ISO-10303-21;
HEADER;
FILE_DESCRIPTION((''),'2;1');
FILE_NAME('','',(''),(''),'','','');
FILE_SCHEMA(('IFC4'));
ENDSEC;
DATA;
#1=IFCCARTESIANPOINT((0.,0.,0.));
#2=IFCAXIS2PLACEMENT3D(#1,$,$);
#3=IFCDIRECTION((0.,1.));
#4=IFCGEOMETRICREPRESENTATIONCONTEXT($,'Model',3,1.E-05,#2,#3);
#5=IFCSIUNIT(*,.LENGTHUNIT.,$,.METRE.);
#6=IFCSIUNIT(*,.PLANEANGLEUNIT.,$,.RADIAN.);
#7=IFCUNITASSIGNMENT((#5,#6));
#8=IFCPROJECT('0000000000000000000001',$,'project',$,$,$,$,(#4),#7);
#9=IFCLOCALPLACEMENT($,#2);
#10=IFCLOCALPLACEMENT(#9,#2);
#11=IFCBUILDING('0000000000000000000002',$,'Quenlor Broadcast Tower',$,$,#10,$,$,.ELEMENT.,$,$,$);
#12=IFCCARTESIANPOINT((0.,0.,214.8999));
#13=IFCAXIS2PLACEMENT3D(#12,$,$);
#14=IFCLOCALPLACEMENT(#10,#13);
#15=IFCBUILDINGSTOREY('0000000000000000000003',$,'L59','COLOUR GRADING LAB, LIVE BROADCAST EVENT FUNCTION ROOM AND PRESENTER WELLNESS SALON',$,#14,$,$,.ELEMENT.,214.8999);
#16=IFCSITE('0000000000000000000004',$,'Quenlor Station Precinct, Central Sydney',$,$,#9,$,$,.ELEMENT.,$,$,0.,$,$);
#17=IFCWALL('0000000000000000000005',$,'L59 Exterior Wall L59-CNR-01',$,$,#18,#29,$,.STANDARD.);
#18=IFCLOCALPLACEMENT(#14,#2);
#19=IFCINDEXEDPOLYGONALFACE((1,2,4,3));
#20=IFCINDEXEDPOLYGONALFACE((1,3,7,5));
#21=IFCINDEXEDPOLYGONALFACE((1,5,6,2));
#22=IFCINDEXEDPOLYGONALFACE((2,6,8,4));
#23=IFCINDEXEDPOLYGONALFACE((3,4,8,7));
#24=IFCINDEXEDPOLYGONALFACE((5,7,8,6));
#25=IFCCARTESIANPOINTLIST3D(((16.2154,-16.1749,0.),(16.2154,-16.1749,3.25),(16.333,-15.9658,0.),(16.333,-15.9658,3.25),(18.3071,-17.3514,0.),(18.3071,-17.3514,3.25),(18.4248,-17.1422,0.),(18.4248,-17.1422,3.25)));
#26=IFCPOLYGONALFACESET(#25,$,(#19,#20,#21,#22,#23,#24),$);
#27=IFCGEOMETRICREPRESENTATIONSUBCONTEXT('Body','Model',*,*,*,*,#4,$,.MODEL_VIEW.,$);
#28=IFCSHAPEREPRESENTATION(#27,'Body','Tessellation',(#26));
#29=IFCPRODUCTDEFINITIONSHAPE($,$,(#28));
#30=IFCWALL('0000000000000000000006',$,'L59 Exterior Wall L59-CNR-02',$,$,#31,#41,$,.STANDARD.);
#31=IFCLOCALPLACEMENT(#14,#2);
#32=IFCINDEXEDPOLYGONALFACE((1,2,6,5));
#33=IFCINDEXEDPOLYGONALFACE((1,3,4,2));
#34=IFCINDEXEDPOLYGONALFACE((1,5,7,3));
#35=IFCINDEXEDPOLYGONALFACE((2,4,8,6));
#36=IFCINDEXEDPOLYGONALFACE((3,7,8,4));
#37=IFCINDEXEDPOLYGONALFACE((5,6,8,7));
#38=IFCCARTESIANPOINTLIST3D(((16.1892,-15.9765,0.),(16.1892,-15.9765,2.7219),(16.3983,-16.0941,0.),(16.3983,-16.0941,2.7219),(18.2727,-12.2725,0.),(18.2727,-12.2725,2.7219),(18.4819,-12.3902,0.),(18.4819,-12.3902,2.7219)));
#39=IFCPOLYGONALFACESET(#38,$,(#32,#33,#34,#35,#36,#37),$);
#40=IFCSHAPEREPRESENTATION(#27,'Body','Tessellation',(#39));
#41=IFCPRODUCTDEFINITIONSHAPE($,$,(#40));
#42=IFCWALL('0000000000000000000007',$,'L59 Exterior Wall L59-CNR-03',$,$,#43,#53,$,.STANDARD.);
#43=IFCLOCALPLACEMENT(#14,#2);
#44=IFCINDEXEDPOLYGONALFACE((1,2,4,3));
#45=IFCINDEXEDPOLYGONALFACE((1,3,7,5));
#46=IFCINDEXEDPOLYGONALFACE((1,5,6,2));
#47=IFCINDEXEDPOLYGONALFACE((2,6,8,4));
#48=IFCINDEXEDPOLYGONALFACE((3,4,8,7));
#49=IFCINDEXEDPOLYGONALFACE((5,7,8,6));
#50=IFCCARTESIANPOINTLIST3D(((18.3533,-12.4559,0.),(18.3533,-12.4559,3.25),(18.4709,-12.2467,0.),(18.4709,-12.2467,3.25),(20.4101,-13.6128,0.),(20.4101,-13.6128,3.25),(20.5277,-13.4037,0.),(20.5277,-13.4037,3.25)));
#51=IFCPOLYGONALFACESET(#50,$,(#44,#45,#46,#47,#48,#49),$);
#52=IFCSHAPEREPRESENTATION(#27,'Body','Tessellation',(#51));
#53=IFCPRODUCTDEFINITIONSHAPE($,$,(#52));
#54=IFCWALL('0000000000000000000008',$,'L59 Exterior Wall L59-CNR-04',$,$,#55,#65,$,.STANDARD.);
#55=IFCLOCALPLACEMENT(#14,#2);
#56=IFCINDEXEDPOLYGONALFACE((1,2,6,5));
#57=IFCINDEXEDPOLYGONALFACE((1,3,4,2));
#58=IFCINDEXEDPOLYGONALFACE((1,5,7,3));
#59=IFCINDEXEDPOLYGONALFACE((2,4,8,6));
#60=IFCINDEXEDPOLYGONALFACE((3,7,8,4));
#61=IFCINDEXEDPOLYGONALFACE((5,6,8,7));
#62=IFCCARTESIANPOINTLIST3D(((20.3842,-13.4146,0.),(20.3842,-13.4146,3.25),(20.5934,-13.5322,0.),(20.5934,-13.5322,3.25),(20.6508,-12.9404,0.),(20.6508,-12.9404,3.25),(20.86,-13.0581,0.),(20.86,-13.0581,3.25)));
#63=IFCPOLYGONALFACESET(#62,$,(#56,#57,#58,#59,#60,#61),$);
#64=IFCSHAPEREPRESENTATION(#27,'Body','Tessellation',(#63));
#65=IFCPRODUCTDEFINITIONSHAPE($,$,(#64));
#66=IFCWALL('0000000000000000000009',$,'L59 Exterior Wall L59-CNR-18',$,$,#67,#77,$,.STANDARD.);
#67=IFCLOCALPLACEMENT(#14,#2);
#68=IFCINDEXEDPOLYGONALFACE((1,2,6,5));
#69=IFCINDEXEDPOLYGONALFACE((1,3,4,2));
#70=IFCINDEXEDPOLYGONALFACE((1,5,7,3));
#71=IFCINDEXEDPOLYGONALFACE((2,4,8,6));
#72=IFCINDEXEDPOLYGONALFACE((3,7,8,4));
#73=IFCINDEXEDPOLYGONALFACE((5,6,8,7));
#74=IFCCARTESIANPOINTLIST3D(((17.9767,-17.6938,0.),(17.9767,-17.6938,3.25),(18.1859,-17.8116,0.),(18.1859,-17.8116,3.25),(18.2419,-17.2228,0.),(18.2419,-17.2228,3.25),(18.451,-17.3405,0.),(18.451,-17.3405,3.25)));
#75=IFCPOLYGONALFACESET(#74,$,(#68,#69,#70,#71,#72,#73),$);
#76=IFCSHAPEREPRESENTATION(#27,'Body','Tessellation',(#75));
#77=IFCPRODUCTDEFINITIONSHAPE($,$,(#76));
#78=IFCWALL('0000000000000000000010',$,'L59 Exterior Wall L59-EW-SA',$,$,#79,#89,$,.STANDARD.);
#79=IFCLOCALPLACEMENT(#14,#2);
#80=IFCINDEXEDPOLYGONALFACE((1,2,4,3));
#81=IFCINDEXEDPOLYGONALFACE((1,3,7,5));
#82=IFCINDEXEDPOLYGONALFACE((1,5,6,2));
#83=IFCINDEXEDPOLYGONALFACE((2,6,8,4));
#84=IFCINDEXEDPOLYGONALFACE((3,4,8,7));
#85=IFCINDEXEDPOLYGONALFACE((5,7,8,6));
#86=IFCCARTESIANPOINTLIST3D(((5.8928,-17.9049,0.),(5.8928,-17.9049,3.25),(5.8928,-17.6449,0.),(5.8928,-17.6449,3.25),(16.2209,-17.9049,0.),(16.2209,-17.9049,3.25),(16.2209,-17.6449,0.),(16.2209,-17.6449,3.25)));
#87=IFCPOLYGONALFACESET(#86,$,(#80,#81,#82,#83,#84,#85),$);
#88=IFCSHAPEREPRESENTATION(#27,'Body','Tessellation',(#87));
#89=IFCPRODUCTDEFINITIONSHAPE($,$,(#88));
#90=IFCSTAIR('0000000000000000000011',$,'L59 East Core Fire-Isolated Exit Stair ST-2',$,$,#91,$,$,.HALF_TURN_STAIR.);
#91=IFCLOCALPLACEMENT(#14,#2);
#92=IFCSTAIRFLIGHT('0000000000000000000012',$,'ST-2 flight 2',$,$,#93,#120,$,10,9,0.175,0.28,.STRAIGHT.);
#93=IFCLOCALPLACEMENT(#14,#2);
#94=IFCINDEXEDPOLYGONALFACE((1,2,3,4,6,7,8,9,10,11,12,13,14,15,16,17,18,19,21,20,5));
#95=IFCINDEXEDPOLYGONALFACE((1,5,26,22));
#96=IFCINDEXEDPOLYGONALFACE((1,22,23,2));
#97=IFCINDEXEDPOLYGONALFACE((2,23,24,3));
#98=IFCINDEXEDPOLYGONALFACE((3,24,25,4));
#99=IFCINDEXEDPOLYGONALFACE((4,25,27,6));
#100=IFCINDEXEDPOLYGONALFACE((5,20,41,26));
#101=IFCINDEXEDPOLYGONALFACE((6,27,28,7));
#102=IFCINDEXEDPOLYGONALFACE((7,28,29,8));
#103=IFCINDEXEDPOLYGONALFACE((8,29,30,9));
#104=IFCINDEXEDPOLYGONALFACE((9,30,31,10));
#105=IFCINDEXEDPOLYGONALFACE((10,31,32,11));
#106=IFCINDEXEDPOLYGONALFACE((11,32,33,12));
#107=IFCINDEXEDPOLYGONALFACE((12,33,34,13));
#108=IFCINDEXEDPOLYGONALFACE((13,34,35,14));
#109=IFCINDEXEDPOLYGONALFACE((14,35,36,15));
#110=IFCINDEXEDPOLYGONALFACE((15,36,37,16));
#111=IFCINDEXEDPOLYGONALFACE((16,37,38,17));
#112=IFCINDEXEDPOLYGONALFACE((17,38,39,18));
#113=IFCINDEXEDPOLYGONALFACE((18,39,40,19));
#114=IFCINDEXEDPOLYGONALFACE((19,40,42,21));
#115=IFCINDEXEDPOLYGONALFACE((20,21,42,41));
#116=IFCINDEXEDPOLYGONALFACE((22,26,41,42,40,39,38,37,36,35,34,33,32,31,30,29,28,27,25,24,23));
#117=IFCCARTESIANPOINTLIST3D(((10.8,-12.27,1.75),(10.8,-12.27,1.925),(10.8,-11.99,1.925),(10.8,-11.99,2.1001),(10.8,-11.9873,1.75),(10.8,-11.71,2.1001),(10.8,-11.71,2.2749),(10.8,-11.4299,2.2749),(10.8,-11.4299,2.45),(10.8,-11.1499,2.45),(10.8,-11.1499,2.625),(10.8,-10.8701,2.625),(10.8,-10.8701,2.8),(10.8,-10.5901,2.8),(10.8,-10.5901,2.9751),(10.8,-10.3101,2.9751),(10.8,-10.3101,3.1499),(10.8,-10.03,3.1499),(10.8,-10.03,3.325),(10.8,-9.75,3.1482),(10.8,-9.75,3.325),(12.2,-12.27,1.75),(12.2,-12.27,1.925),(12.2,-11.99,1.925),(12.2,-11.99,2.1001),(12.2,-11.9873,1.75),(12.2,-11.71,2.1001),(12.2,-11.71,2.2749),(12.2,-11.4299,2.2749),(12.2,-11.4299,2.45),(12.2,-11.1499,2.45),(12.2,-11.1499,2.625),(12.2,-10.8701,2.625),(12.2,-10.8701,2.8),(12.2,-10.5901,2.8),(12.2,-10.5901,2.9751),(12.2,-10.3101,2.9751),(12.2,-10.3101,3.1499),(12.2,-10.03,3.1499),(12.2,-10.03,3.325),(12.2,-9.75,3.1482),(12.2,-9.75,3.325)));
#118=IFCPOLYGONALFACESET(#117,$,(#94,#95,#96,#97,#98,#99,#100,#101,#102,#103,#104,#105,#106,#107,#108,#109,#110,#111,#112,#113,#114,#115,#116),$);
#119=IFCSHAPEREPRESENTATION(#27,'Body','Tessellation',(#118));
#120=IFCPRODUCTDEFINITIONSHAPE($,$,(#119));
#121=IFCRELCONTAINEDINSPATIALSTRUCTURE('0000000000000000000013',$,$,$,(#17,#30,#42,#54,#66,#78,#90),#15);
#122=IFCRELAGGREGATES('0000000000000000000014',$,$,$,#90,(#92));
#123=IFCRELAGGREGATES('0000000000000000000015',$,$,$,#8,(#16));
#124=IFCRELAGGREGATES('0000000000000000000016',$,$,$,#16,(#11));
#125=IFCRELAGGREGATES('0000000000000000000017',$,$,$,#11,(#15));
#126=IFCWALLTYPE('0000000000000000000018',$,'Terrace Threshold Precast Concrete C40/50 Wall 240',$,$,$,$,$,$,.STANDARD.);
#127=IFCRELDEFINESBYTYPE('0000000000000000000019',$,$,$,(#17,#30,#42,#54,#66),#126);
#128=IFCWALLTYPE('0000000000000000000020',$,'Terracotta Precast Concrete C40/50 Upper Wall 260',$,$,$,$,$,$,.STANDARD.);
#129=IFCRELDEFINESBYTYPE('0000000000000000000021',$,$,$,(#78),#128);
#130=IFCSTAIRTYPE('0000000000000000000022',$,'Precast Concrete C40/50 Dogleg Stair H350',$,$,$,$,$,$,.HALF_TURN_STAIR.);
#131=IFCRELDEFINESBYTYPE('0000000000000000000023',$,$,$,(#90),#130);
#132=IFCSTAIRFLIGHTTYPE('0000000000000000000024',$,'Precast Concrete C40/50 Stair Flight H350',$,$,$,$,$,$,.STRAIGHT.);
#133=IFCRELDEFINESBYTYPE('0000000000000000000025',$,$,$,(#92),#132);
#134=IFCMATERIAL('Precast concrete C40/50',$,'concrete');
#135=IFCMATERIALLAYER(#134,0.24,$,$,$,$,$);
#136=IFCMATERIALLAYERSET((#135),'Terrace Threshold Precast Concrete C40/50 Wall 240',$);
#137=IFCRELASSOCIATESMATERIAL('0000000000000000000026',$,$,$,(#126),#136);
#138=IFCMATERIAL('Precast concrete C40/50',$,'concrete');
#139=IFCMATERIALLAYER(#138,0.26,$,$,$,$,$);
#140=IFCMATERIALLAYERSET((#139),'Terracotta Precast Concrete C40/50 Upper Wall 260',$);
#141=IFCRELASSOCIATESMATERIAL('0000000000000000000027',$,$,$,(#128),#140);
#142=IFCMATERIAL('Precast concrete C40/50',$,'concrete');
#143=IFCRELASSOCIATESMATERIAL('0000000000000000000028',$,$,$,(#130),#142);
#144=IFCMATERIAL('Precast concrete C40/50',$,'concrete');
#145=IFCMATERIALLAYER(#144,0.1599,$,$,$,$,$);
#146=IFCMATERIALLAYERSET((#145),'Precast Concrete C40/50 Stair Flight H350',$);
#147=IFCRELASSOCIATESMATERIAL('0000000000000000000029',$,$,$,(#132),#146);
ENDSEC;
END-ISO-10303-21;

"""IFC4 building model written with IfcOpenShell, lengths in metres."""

from ifc_helpers import new_model, si_unit, direction, frame, frame_2d, origin, place, context, subcontext, project, spatial, polyline, rectangle, outline, extrude, material, layer, layer_set, type_object, element, aggregate, save


model = new_model("IFC4")

# Units and contexts
model_context = context("Model", 3, precision=1e-05, world=origin(), true_north=direction((0.0, 1.0)))
body_context = subcontext(model_context, "Body", "Model", "MODEL_VIEW")
ifc_project = project(units=[si_unit("LENGTHUNIT", "METRE"), si_unit("PLANEANGLEUNIT", "RADIAN")], contexts=[model_context])

# Site, building, storey
site_placement = place(None, origin())
site = spatial("IfcSite", under=ifc_project, at=site_placement, Name="Quenlor Station Precinct, Central Sydney", CompositionType="ELEMENT", RefElevation=0.0)
building_placement = place(site_placement, origin())
building = spatial("IfcBuilding", under=site, at=building_placement, Name="Quenlor Broadcast Tower", CompositionType="ELEMENT")
storey_placement = place(building_placement, frame((0.0, 0.0, 214.8999)))
storey = spatial("IfcBuildingStorey", under=building, at=storey_placement, Name="L59", Description="COLOUR GRADING LAB, LIVE BROADCAST EVENT FUNCTION ROOM AND PRESENTER WELLNESS SALON", CompositionType="ELEMENT", Elevation=214.8999)

# Walls
ifc_material_1 = material(Name="Precast concrete C40/50", Category="concrete")
ifc_layer_1 = layer(ifc_material_1, 0.24)
ifc_layer_set_1 = layer_set([ifc_layer_1], Name="Terrace Threshold Precast Concrete C40/50 Wall 240")
wall_type_1 = type_object("IfcWallType", Name="Terrace Threshold Precast Concrete C40/50 Wall 240", PredefinedType="STANDARD", material=ifc_layer_set_1)
wall_1_placement = place(storey_placement, frame((18.366, -17.2468, 0.0), z_axis=(0.0, 0.0, 1.0), x_axis=(-0.871597, 0.490223, 0.0)))
element("IfcWall", 1, at=wall_1_placement, inside=storey, type_object=wall_type_1, Name="L59 Exterior Wall L59-CNR-01", PredefinedType="STANDARD", context=body_context, shape_type="SweptSolid", body=[
    extrude(rectangle(XDim=2.3999, YDim=0.24, at=frame_2d((1.2, 0.0))), origin(), (0.0, 0.0, 1.0), 3.25),
])
wall_2_placement = place(storey_placement, frame((16.2937, -16.0354, 0.0), z_axis=(0.0, 0.0, 1.0), x_axis=(0.490275, 0.871568, 0.0)))
element("IfcWall", 2, at=wall_2_placement, inside=storey, type_object=wall_type_1, Name="L59 Exterior Wall L59-CNR-02", PredefinedType="STANDARD", context=body_context, shape_type="SweptSolid", body=[
    extrude(rectangle(XDim=4.2498, YDim=0.24, at=frame_2d((2.125, 0.0))), origin(), (0.0, 0.0, 1.0), 2.7219),
])
wall_3_placement = place(storey_placement, frame((18.4121, -12.3513, 0.0), z_axis=(0.0, 0.0, 1.0), x_axis=(0.871578, -0.490256, 0.0)))
element("IfcWall", 3, at=wall_3_placement, inside=storey, type_object=wall_type_1, Name="L59 Exterior Wall L59-CNR-03", PredefinedType="STANDARD", context=body_context, shape_type="SweptSolid", body=[
    extrude(rectangle(XDim=2.3599, YDim=0.24, at=frame_2d((1.1799, 0.0))), origin(), (0.0, 0.0, 1.0), 3.25),
])
wall_4_placement = place(storey_placement, frame((20.4888, -13.4734, 0.0), z_axis=(0.0, 0.0, 1.0), x_axis=(0.490133, 0.871647, 0.0)))
element("IfcWall", 4, at=wall_4_placement, inside=storey, type_object=wall_type_1, Name="L59 Exterior Wall L59-CNR-04", PredefinedType="STANDARD", context=body_context, shape_type="SweptSolid", body=[
    extrude(rectangle(XDim=0.5439, YDim=0.24, at=frame_2d((0.272, 0.0))), origin(), (0.0, 0.0, 1.0), 3.25),
])
wall_5_placement = place(storey_placement, frame((18.0813, -17.7527, 0.0), z_axis=(0.0, 0.0, 1.0), x_axis=(0.490583, 0.871395, 0.0)))
element("IfcWall", 5, at=wall_5_placement, inside=storey, type_object=wall_type_1, Name="L59 Exterior Wall L59-CNR-18", PredefinedType="STANDARD", context=body_context, shape_type="SweptSolid", body=[
    extrude(rectangle(XDim=0.5405, YDim=0.24, at=frame_2d((0.2703, 0.0))), origin(), (0.0, 0.0, 1.0), 3.25),
])
ifc_material_2 = material(Name="Precast concrete C40/50", Category="concrete")
ifc_layer_2 = layer(ifc_material_2, 0.26)
ifc_layer_set_2 = layer_set([ifc_layer_2], Name="Terracotta Precast Concrete C40/50 Upper Wall 260")
wall_type_2 = type_object("IfcWallType", Name="Terracotta Precast Concrete C40/50 Upper Wall 260", PredefinedType="STANDARD", material=ifc_layer_set_2)
wall_6_placement = place(storey_placement, frame((16.2209, -17.7749, 0.0), z_axis=(0.0, 0.0, 1.0), x_axis=(-1.0, 0.0, 0.0)))
element("IfcWall", 6, at=wall_6_placement, inside=storey, type_object=wall_type_2, Name="L59 Exterior Wall L59-EW-SA", PredefinedType="STANDARD", context=body_context, shape_type="SweptSolid", body=[
    extrude(rectangle(XDim=10.3281, YDim=0.26, at=frame_2d((5.1641, 0.0))), origin(), (0.0, 0.0, 1.0), 3.25),
])

# Stair, stair flight
ifc_material_3 = material(Name="Precast concrete C40/50", Category="concrete")
stair_type = type_object("IfcStairType", Name="Precast Concrete C40/50 Dogleg Stair H350", PredefinedType="HALF_TURN_STAIR", material=ifc_material_3)
stair_placement = place(storey_placement, origin())
stair = element("IfcStair", 7, at=stair_placement, inside=storey, type_object=stair_type, Name="L59 East Core Fire-Isolated Exit Stair ST-2", PredefinedType="HALF_TURN_STAIR")
ifc_material_4 = material(Name="Precast concrete C40/50", Category="concrete")
ifc_layer_3 = layer(ifc_material_4, 0.1599)
ifc_layer_set_3 = layer_set([ifc_layer_3], Name="Precast Concrete C40/50 Stair Flight H350")
stair_flight_type = type_object("IfcStairFlightType", Name="Precast Concrete C40/50 Stair Flight H350", PredefinedType="STRAIGHT", material=ifc_layer_set_3)
stair_flight_placement = place(storey_placement, frame((11.5, -12.27, 1.75), z_axis=(0.0, 0.0, 1.0), x_axis=(0.0, 1.0, 0.0)))
stair_flight = element("IfcStairFlight", 8, at=stair_flight_placement, type_object=stair_flight_type, Name="ST-2 flight 2", NumberOfRisers=10, NumberOfTreads=9, PredefinedType="STRAIGHT", RiserHeight=0.175, TreadLength=0.28, context=body_context, shape_type="SweptSolid", body=[
    extrude(outline(polyline([(0.0, 0.0), (0.0, 0.175), (0.28, 0.175), (0.28, 0.3501), (0.5601, 0.3501), (0.5601, 0.5249), (0.8401, 0.5249), (0.8401, 0.7), (1.1201, 0.7), (1.1201, 0.875), (1.3999, 0.875), (1.3999, 1.05), (1.6799, 1.05), (1.6799, 1.2251), (1.96, 1.2251), (1.96, 1.3999), (2.24, 1.3999), (2.24, 1.575), (2.52, 1.575), (2.52, 1.75), (2.52, 1.3982), (0.2827, 0.0), (0.0, 0.0)])), frame((0.0, 0.7, 0.0), z_axis=(0.0, -1.0, 0.0), x_axis=(1.0, 0.0, 0.0)), (0.0, 0.0, 1.0), 1.3999),
])
aggregate(stair, [stair_flight])

save(model, "model.ifc")
